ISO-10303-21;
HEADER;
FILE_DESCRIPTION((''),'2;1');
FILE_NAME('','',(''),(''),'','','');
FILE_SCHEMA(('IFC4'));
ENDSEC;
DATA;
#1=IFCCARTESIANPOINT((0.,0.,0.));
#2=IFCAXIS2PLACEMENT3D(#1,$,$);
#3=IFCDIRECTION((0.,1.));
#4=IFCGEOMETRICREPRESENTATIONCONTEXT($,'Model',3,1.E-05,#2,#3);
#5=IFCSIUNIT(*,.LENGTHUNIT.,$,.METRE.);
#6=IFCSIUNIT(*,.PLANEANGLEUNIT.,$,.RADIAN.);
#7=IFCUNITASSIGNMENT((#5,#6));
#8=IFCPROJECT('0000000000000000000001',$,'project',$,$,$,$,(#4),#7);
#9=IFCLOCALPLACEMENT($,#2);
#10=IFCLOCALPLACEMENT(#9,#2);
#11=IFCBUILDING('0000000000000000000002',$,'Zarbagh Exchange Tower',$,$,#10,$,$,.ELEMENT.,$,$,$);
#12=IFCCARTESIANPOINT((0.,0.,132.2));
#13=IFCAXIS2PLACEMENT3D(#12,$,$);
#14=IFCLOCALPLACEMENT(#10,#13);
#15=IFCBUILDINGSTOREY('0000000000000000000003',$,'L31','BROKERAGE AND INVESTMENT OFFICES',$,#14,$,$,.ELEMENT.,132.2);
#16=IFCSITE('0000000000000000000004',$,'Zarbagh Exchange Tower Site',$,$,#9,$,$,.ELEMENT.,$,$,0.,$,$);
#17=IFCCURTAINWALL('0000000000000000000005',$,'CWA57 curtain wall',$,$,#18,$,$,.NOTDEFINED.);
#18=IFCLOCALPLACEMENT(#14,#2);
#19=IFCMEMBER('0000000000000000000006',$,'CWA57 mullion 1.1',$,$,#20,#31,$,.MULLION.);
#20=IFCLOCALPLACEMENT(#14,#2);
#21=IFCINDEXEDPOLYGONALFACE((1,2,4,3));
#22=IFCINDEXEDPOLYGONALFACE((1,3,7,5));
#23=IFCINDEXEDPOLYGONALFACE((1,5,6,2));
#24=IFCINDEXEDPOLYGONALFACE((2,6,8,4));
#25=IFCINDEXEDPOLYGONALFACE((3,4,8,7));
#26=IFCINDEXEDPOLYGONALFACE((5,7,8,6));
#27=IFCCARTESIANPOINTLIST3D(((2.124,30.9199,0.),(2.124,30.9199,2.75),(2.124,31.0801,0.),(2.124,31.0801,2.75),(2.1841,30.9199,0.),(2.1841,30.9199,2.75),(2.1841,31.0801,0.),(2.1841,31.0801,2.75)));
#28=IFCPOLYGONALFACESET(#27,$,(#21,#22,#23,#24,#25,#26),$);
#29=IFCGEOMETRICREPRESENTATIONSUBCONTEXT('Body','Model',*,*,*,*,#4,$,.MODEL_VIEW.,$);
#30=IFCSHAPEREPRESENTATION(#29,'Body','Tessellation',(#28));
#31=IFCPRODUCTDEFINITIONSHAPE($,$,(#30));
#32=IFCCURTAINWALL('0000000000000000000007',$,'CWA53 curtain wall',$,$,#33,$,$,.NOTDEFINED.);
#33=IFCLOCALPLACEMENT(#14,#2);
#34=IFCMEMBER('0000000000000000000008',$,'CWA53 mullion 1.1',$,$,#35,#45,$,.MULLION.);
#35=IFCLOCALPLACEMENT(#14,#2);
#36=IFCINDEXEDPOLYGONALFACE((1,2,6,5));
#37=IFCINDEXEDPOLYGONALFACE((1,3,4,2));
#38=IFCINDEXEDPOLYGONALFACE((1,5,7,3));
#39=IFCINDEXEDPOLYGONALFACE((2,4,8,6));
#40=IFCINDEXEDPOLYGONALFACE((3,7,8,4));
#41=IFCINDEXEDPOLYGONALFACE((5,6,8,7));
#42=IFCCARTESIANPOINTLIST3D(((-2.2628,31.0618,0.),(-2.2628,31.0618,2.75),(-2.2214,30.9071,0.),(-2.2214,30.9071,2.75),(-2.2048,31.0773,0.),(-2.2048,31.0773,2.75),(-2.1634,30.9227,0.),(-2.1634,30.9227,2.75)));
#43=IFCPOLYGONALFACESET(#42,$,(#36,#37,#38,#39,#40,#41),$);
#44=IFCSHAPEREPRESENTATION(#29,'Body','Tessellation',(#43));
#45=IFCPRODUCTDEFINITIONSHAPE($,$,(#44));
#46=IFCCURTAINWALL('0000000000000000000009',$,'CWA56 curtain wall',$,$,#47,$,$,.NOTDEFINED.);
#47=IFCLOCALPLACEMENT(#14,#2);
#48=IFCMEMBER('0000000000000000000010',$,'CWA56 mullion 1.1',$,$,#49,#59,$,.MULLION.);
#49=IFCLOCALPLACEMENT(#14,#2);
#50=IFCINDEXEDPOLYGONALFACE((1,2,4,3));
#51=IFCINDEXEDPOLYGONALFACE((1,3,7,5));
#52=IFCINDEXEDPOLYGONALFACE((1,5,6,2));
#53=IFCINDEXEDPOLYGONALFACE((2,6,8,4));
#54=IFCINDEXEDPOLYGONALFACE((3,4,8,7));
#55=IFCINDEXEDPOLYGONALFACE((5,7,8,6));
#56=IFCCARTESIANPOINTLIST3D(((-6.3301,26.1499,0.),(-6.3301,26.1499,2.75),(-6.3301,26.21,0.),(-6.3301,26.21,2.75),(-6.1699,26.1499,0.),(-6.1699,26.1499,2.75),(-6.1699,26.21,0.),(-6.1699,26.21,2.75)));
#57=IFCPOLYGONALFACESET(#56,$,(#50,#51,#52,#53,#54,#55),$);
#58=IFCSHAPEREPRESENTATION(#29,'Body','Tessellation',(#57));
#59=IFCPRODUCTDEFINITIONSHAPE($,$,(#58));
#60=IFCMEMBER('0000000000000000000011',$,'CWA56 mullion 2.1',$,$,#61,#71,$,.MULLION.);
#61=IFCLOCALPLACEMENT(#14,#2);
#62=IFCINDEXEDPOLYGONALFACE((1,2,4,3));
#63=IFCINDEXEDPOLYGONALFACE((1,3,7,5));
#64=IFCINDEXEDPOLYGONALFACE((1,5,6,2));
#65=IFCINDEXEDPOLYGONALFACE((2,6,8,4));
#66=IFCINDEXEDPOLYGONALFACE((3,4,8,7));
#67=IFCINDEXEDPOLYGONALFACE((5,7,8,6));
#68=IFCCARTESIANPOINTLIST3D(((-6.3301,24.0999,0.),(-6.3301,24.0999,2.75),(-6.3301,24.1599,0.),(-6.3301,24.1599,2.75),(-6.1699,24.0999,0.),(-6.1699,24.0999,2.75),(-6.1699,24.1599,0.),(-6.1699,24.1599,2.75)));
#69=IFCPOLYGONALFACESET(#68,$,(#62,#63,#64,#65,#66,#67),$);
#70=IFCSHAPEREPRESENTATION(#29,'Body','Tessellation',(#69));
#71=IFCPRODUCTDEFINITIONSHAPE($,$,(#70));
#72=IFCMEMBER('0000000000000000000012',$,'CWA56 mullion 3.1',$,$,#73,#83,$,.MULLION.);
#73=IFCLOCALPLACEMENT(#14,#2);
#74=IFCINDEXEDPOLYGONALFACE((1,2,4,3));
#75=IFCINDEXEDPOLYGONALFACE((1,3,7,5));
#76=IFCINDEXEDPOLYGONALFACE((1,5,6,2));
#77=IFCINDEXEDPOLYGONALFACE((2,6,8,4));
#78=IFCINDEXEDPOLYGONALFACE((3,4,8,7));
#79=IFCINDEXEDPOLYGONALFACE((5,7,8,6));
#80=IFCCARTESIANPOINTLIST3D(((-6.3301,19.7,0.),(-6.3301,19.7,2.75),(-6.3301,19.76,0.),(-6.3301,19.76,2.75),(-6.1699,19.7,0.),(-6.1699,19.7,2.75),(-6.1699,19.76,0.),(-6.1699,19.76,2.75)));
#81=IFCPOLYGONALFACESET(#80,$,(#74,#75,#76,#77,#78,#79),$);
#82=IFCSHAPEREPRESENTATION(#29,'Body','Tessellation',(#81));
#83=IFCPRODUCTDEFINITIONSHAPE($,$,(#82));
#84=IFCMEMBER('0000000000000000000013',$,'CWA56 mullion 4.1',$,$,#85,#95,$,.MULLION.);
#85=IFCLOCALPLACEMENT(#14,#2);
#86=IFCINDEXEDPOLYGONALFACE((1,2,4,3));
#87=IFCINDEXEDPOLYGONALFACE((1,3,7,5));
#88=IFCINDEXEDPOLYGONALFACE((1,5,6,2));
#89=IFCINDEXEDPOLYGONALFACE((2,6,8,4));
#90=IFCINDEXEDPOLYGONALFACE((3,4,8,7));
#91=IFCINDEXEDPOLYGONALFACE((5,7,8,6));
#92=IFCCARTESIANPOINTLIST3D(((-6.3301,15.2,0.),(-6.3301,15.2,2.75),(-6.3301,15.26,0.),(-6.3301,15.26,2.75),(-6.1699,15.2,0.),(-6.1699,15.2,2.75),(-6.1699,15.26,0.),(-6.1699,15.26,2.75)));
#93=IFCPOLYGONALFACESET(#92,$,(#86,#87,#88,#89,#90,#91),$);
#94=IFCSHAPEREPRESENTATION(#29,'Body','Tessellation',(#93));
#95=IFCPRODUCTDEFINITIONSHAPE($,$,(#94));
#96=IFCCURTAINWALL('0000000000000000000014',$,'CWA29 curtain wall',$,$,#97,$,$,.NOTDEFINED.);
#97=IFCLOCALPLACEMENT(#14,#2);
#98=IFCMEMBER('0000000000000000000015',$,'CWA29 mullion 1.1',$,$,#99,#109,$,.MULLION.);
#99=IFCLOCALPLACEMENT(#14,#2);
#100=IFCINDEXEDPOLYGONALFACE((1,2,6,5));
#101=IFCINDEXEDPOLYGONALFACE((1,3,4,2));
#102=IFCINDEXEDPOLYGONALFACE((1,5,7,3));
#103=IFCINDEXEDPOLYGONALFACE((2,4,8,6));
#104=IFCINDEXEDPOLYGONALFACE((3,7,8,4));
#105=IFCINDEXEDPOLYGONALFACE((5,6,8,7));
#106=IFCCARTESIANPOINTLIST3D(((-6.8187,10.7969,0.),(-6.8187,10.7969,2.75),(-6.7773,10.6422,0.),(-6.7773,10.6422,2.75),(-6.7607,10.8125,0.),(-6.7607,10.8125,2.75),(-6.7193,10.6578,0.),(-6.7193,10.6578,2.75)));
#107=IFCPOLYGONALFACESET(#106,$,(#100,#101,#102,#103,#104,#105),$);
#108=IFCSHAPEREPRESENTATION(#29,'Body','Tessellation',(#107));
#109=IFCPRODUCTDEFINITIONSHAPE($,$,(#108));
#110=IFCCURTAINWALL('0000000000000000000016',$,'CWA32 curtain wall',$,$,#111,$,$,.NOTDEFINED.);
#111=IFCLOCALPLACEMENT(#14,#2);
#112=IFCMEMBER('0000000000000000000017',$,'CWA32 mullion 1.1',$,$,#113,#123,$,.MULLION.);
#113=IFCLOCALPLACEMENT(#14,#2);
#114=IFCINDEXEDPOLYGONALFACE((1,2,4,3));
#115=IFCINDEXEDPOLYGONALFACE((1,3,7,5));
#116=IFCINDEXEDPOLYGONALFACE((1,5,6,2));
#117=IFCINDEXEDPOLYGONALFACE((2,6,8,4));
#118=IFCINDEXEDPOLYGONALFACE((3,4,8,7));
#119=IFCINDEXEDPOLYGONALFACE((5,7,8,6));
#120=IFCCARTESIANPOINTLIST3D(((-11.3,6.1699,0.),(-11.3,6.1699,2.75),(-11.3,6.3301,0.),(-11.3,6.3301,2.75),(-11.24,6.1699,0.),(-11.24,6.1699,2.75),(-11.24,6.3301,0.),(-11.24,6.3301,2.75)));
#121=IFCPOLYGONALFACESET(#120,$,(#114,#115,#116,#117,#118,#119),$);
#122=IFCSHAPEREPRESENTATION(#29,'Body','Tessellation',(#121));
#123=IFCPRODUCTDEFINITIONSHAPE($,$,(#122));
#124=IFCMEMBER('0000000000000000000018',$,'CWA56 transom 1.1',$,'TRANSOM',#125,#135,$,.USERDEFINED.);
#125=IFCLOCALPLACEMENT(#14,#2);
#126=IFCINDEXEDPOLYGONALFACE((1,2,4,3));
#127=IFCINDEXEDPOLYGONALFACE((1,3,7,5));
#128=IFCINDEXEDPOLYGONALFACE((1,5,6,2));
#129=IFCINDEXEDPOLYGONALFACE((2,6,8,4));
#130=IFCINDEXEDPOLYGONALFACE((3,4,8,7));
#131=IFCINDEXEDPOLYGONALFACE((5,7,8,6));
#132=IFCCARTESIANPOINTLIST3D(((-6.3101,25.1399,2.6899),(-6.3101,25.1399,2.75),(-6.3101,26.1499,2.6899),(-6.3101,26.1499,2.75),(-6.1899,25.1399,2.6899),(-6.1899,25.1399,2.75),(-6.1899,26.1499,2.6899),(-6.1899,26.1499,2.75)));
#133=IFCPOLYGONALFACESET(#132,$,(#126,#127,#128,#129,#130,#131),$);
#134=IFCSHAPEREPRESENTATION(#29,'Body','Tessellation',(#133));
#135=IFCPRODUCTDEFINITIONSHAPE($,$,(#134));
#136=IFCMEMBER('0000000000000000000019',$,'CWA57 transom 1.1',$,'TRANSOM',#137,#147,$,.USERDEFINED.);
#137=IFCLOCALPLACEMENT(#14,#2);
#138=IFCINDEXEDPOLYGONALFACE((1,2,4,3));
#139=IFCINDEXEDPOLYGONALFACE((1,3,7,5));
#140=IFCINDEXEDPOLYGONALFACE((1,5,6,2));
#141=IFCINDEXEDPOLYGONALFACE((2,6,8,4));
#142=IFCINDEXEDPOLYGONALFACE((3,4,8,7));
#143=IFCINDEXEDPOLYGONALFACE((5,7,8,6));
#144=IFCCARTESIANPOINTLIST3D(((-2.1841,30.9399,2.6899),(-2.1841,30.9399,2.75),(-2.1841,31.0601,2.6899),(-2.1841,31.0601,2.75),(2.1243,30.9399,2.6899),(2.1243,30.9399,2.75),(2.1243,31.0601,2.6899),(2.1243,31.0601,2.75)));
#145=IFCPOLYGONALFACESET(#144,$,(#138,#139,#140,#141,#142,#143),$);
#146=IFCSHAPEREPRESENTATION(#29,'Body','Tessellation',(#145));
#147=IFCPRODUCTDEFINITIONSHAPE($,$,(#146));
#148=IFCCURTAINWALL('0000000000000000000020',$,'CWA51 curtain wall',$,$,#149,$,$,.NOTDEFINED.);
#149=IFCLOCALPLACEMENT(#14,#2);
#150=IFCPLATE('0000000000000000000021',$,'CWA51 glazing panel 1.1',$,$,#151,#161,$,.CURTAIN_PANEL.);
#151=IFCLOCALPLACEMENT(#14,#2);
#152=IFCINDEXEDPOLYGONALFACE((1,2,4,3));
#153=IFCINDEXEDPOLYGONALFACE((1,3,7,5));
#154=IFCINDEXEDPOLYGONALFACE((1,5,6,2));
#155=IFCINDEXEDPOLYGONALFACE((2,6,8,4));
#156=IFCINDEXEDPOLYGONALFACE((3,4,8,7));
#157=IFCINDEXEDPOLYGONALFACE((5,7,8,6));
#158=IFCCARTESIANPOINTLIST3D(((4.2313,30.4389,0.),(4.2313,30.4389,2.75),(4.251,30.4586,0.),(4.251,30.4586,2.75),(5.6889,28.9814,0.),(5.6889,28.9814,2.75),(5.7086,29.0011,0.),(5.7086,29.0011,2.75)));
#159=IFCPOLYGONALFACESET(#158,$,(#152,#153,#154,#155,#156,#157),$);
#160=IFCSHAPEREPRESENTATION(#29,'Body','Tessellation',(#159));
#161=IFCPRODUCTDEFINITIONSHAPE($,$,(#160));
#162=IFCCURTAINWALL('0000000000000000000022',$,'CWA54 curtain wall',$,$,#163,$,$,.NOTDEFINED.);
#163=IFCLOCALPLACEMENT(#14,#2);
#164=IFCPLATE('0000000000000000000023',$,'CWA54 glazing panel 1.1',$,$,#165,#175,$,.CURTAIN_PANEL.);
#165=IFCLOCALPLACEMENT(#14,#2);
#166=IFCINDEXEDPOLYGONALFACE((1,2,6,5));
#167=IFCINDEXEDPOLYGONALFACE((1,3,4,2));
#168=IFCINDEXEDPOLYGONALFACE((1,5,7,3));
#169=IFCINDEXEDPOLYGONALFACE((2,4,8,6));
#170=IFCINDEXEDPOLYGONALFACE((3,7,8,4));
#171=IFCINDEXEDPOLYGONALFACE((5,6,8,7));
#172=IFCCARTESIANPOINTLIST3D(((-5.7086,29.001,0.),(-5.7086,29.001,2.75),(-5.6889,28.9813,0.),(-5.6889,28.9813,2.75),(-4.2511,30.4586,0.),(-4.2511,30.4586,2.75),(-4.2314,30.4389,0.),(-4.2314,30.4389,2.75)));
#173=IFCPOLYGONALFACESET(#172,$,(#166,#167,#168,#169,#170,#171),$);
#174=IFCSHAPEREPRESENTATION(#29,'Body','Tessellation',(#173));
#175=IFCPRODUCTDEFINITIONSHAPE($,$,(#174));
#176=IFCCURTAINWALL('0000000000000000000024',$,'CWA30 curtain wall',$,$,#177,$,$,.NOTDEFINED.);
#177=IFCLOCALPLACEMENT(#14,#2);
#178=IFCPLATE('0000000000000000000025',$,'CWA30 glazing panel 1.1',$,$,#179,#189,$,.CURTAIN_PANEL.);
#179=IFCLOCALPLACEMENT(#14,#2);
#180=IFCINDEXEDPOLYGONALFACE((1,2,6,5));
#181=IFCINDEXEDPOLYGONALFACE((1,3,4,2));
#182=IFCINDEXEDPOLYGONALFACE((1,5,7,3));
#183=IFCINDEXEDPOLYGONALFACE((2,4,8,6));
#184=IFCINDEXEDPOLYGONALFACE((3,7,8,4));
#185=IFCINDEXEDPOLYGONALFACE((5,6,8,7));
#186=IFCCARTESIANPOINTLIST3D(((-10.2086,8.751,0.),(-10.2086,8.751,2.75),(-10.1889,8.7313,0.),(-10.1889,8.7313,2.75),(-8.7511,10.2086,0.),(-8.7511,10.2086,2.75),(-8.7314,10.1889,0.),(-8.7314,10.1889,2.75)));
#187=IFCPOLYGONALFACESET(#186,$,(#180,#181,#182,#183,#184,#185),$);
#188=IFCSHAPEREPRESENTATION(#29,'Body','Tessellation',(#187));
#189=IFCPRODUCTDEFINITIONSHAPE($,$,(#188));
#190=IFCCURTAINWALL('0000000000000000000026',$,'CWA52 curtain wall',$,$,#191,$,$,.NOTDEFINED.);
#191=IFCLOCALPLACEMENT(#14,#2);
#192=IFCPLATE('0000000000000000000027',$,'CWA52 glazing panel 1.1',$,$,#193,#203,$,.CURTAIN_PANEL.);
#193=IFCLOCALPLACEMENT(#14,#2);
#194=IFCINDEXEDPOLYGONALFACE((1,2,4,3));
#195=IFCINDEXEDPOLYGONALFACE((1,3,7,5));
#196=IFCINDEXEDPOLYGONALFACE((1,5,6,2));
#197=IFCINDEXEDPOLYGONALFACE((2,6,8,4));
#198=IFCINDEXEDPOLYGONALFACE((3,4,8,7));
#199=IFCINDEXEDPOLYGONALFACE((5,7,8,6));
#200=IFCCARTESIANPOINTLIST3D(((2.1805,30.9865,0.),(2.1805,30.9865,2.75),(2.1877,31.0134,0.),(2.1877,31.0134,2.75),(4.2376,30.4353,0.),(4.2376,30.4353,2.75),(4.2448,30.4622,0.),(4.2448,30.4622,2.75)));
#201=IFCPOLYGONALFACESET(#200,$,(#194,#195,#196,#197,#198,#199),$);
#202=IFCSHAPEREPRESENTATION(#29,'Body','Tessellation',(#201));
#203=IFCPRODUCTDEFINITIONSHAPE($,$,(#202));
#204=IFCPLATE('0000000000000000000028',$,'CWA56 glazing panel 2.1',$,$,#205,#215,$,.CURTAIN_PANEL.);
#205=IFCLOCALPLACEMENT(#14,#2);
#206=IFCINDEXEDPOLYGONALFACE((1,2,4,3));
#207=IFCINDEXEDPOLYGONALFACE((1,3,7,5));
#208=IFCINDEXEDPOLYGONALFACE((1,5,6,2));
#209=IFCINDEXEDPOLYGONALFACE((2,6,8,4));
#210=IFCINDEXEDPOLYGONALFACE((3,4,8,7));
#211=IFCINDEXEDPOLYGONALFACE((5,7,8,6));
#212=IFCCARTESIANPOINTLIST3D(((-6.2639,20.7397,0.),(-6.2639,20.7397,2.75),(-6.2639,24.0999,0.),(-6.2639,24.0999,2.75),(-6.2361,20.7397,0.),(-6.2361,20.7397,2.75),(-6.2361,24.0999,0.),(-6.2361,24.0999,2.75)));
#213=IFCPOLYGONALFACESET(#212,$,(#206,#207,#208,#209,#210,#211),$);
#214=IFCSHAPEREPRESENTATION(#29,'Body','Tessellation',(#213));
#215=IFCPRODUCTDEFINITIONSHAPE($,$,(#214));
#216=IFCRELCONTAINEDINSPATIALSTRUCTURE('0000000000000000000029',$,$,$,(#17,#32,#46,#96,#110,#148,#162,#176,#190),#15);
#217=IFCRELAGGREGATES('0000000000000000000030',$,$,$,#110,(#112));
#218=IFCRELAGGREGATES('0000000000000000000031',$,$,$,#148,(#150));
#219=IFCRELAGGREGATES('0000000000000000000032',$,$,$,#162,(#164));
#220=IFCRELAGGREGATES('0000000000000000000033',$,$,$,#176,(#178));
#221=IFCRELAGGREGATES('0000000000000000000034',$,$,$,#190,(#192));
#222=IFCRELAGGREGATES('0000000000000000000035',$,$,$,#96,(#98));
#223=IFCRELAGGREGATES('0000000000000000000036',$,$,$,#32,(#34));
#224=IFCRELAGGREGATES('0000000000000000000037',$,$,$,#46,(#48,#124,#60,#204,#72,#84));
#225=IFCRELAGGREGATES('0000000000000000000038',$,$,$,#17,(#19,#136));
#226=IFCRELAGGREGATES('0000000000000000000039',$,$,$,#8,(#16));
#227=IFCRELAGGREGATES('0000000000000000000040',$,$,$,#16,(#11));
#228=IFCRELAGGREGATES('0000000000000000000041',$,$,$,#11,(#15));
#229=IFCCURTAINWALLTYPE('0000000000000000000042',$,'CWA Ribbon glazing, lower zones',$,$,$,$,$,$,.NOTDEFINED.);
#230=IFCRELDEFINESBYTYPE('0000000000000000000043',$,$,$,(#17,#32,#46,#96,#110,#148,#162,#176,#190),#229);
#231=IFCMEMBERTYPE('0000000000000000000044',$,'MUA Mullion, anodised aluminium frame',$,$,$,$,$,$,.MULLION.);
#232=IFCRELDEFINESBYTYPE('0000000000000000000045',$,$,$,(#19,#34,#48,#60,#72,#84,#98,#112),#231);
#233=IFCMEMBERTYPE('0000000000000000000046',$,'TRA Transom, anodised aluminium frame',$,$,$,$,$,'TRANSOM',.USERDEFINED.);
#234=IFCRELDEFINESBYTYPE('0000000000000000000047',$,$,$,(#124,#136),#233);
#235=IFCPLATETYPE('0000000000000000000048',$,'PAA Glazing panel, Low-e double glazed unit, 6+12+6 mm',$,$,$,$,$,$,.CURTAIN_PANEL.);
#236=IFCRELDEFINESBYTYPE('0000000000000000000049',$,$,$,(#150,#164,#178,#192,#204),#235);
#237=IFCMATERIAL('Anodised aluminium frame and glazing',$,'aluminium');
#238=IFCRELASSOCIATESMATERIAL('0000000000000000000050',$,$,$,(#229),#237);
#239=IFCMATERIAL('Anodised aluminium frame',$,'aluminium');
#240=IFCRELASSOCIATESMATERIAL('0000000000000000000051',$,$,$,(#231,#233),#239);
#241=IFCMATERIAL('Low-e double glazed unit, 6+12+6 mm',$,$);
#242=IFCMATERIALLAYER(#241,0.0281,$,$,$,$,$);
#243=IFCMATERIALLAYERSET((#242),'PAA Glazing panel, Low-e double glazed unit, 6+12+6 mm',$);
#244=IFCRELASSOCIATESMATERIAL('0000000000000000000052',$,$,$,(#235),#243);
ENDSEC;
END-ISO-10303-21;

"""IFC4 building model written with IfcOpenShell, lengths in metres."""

from ifc_helpers import new_model, si_unit, direction, frame, origin, place, context, subcontext, project, spatial, polyline, outline, extrude, source, transform, mapped, material, layer, layer_set, type_object, element, aggregate, save


model = new_model("IFC4")

# Units and contexts
model_context = context("Model", 3, precision=1e-05, world=origin(), true_north=direction((0.0, 1.0)))
body_context = subcontext(model_context, "Body", "Model", "MODEL_VIEW")
ifc_project = project(units=[si_unit("LENGTHUNIT", "METRE"), si_unit("PLANEANGLEUNIT", "RADIAN")], contexts=[model_context])

# Site, building, storey
site_placement = place(None, origin())
site = spatial("IfcSite", under=ifc_project, at=site_placement, Name="Zarbagh Exchange Tower Site", CompositionType="ELEMENT", RefElevation=0.0)
building_placement = place(site_placement, origin())
building = spatial("IfcBuilding", under=site, at=building_placement, Name="Zarbagh Exchange Tower", CompositionType="ELEMENT")
storey_placement = place(building_placement, frame((0.0, 0.0, 132.2)))
storey = spatial("IfcBuildingStorey", under=building, at=storey_placement, Name="L31", Description="BROKERAGE AND INVESTMENT OFFICES", CompositionType="ELEMENT", Elevation=132.2)

# Curtain walls, members
ifc_material_1 = material(Name="Anodised aluminium frame and glazing", Category="aluminium")
curtain_wall_type = type_object("IfcCurtainWallType", Name="CWA Ribbon glazing, lower zones", PredefinedType="NOTDEFINED", material=ifc_material_1)
curtain_wall_1_placement = place(storey_placement, origin())
curtain_wall_1 = element("IfcCurtainWall", 1, at=curtain_wall_1_placement, inside=storey, type_object=curtain_wall_type, Name="CWA57 curtain wall", PredefinedType="NOTDEFINED")
ifc_material_2 = material(Name="Anodised aluminium frame", Category="aluminium")
member_type_1 = type_object("IfcMemberType", Name="MUA Mullion, anodised aluminium frame", PredefinedType="MULLION", material=ifc_material_2)
shared_shape_1 = source(origin(), body_context, "Body", "SweptSolid", [
    extrude(outline(polyline([(0.0, -0.0801), (0.0601, -0.0801), (0.0601, 0.0801), (0.0, 0.0801), (0.0, -0.0801)])), origin(), (0.0, 0.0, 1.0), 2.75),
])
placement = place(storey_placement, origin())
member_1 = element("IfcMember", 2, at=placement, type_object=member_type_1, Name="CWA57 mullion 1.1", PredefinedType="MULLION", context=body_context, shape_type="MappedRepresentation", body=[
    mapped(shared_shape_1, transform((2.1841, 31.0, 0.0), x_axis=(-1.0, 0.0, 0.0), y_axis=(0.0, -1.0, 0.0), z_axis=(0.0, 0.0, 1.0))),
])
curtain_wall_2_placement = place(storey_placement, origin())
curtain_wall_2 = element("IfcCurtainWall", 3, at=curtain_wall_2_placement, inside=storey, type_object=curtain_wall_type, Name="CWA53 curtain wall", PredefinedType="NOTDEFINED")
member_2 = element("IfcMember", 4, at=placement, type_object=member_type_1, Name="CWA53 mullion 1.1", PredefinedType="MULLION", context=body_context, shape_type="MappedRepresentation", body=[
    mapped(shared_shape_1, transform((-2.1841, 31.0, 0.0), x_axis=(-0.965924, -0.258825, 0.0), y_axis=(0.258825, -0.965924, 0.0), z_axis=(0.0, 0.0, 1.0))),
])

# Curtain wall, members
curtain_wall_3_placement = place(storey_placement, origin())
curtain_wall_3 = element("IfcCurtainWall", 5, at=curtain_wall_3_placement, inside=storey, type_object=curtain_wall_type, Name="CWA56 curtain wall", PredefinedType="NOTDEFINED")
member_3 = element("IfcMember", 6, at=placement, type_object=member_type_1, Name="CWA56 mullion 1.1", PredefinedType="MULLION", context=body_context, shape_type="MappedRepresentation", body=[
    mapped(shared_shape_1, transform((-6.25, 26.21, 0.0), x_axis=(0.0, -1.0, 0.0), y_axis=(1.0, 0.0, 0.0), z_axis=(0.0, 0.0, 1.0))),
])
member_4 = element("IfcMember", 7, at=placement, type_object=member_type_1, Name="CWA56 mullion 2.1", PredefinedType="MULLION", context=body_context, shape_type="MappedRepresentation", body=[
    mapped(shared_shape_1, transform((-6.25, 24.1599, 0.0), x_axis=(0.0, -1.0, 0.0), y_axis=(1.0, 0.0, 0.0), z_axis=(0.0, 0.0, 1.0))),
])
member_5 = element("IfcMember", 8, at=placement, type_object=member_type_1, Name="CWA56 mullion 3.1", PredefinedType="MULLION", context=body_context, shape_type="MappedRepresentation", body=[
    mapped(shared_shape_1, transform((-6.25, 19.76, 0.0), x_axis=(0.0, -1.0, 0.0), y_axis=(1.0, 0.0, 0.0), z_axis=(0.0, 0.0, 1.0))),
])
member_6 = element("IfcMember", 9, at=placement, type_object=member_type_1, Name="CWA56 mullion 4.1", PredefinedType="MULLION", context=body_context, shape_type="MappedRepresentation", body=[
    mapped(shared_shape_1, transform((-6.25, 15.26, 0.0), x_axis=(0.0, -1.0, 0.0), y_axis=(1.0, 0.0, 0.0), z_axis=(0.0, 0.0, 1.0))),
])

# Curtain walls, members
curtain_wall_4_placement = place(storey_placement, origin())
curtain_wall_4 = element("IfcCurtainWall", 10, at=curtain_wall_4_placement, inside=storey, type_object=curtain_wall_type, Name="CWA29 curtain wall", PredefinedType="NOTDEFINED")
member_7 = element("IfcMember", 11, at=placement, type_object=member_type_1, Name="CWA29 mullion 1.1", PredefinedType="MULLION", context=body_context, shape_type="MappedRepresentation", body=[
    mapped(shared_shape_1, transform((-6.74, 10.7351, 0.0), x_axis=(-0.965924, -0.258825, 0.0), y_axis=(0.258825, -0.965924, 0.0), z_axis=(0.0, 0.0, 1.0))),
])
curtain_wall_5_placement = place(storey_placement, origin())
curtain_wall_5 = element("IfcCurtainWall", 12, at=curtain_wall_5_placement, inside=storey, type_object=curtain_wall_type, Name="CWA32 curtain wall", PredefinedType="NOTDEFINED")
member_8 = element("IfcMember", 13, at=placement, type_object=member_type_1, Name="CWA32 mullion 1.1", PredefinedType="MULLION", context=body_context, shape_type="MappedRepresentation", body=[
    mapped(shared_shape_1, transform((-11.24, 6.25, 0.0), x_axis=(-1.0, 0.0, 0.0), y_axis=(0.0, -1.0, 0.0), z_axis=(0.0, 0.0, 1.0))),
])
aggregate(curtain_wall_5, [member_8])

# Members
member_type_2 = type_object("IfcMemberType", Name="TRA Transom, anodised aluminium frame", ElementType="TRANSOM", PredefinedType="USERDEFINED", material=ifc_material_2)
shared_shape_2 = source(origin(), body_context, "Body", "SweptSolid", [
    extrude(outline(polyline([(-0.0601, -0.0601), (0.0, -0.0601), (0.0, 0.0601), (-0.0601, 0.0601), (-0.0601, -0.0601)])), origin(), (0.0, 0.0, 1.0), 1.01),
])
member_9 = element("IfcMember", 14, at=placement, type_object=member_type_2, Name="CWA56 transom 1.1", ObjectType="TRANSOM", PredefinedType="USERDEFINED", context=body_context, shape_type="MappedRepresentation", body=[
    mapped(shared_shape_2, transform((-6.25, 26.1499, 2.75), x_axis=(0.0, 0.0, 1.0), y_axis=(-1.0, 0.0, 0.0), z_axis=(0.0, -1.0, 0.0))),
])
shared_shape_3 = source(origin(), body_context, "Body", "SweptSolid", [
    extrude(outline(polyline([(-0.0601, -0.0601), (0.0, -0.0601), (0.0, 0.0601), (-0.0601, 0.0601), (-0.0601, -0.0601)])), origin(), (0.0, 0.0, 1.0), 4.3083),
])
member_10 = element("IfcMember", 15, at=placement, type_object=member_type_2, Name="CWA57 transom 1.1", ObjectType="TRANSOM", PredefinedType="USERDEFINED", context=body_context, shape_type="MappedRepresentation", body=[
    mapped(shared_shape_3, transform((2.1243, 31.0, 2.75), x_axis=(0.0, 0.0, 1.0), y_axis=(0.0, 1.0, 0.0), z_axis=(-1.0, 0.0, 0.0))),
])

# Curtain walls, plates
curtain_wall_6_placement = place(storey_placement, origin())
curtain_wall_6 = element("IfcCurtainWall", 16, at=curtain_wall_6_placement, inside=storey, type_object=curtain_wall_type, Name="CWA51 curtain wall", PredefinedType="NOTDEFINED")
ifc_material_3 = material(Name="Low-e double glazed unit, 6+12+6 mm")
ifc_layer = layer(ifc_material_3, 0.0281)
ifc_layer_set = layer_set([ifc_layer], Name="PAA Glazing panel, Low-e double glazed unit, 6+12+6 mm")
plate_type = type_object("IfcPlateType", Name="PAA Glazing panel, Low-e double glazed unit, 6+12+6 mm", PredefinedType="CURTAIN_PANEL", material=ifc_layer_set)
shared_shape_4 = source(origin(), body_context, "Body", "SweptSolid", [
    extrude(outline(polyline([(0.0, -0.0139), (2.0613, -0.0139), (2.0613, 0.0139), (0.0, 0.0139), (0.0, -0.0139)])), origin(), (0.0, 0.0, 1.0), 2.75),
])
plate_1 = element("IfcPlate", 17, at=placement, type_object=plate_type, Name="CWA51 glazing panel 1.1", PredefinedType="CURTAIN_PANEL", context=body_context, shape_type="MappedRepresentation", body=[
    mapped(shared_shape_4, transform((5.6987, 28.9912, 0.0), x_axis=(-0.707107, 0.707107, 0.0), y_axis=(-0.707107, -0.707107, 0.0), z_axis=(0.0, 0.0, 1.0))),
])
aggregate(curtain_wall_6, [plate_1])
curtain_wall_7_placement = place(storey_placement, origin())
curtain_wall_7 = element("IfcCurtainWall", 18, at=curtain_wall_7_placement, inside=storey, type_object=curtain_wall_type, Name="CWA54 curtain wall", PredefinedType="NOTDEFINED")
plate_2 = element("IfcPlate", 19, at=placement, type_object=plate_type, Name="CWA54 glazing panel 1.1", PredefinedType="CURTAIN_PANEL", context=body_context, shape_type="MappedRepresentation", body=[
    mapped(shared_shape_4, transform((-4.2412, 30.4487, 0.0), x_axis=(-0.707107, -0.707107, 0.0), y_axis=(0.707107, -0.707107, 0.0), z_axis=(0.0, 0.0, 1.0))),
])
aggregate(curtain_wall_7, [plate_2])
curtain_wall_8_placement = place(storey_placement, origin())
curtain_wall_8 = element("IfcCurtainWall", 20, at=curtain_wall_8_placement, inside=storey, type_object=curtain_wall_type, Name="CWA30 curtain wall", PredefinedType="NOTDEFINED")
plate_3 = element("IfcPlate", 21, at=placement, type_object=plate_type, Name="CWA30 glazing panel 1.1", PredefinedType="CURTAIN_PANEL", context=body_context, shape_type="MappedRepresentation", body=[
    mapped(shared_shape_4, transform((-8.7412, 10.1987, 0.0), x_axis=(-0.707107, -0.707107, 0.0), y_axis=(0.707107, -0.707107, 0.0), z_axis=(0.0, 0.0, 1.0))),
])
aggregate(curtain_wall_8, [plate_3])
curtain_wall_9_placement = place(storey_placement, origin())
curtain_wall_9 = element("IfcCurtainWall", 22, at=curtain_wall_9_placement, inside=storey, type_object=curtain_wall_type, Name="CWA52 curtain wall", PredefinedType="NOTDEFINED")
shared_shape_5 = source(origin(), body_context, "Body", "SweptSolid", [
    extrude(outline(polyline([(0.0, -0.0139), (2.1296, -0.0139), (2.1296, 0.0139), (0.0, 0.0139), (0.0, -0.0139)])), origin(), (0.0, 0.0, 1.0), 2.75),
])
plate_4 = element("IfcPlate", 23, at=placement, type_object=plate_type, Name="CWA52 glazing panel 1.1", PredefinedType="CURTAIN_PANEL", context=body_context, shape_type="MappedRepresentation", body=[
    mapped(shared_shape_5, transform((4.2412, 30.4487, 0.0), x_axis=(-0.965924, 0.258825, 0.0), y_axis=(-0.258825, -0.965924, 0.0), z_axis=(0.0, 0.0, 1.0))),
])
aggregate(curtain_wall_9, [plate_4])

# Plate
shared_shape_6 = source(origin(), body_context, "Body", "SweptSolid", [
    extrude(outline(polyline([(0.0, -0.0139), (3.3601, -0.0139), (3.3601, 0.0139), (0.0, 0.0139), (0.0, -0.0139)])), origin(), (0.0, 0.0, 1.0), 2.75),
])
plate_5 = element("IfcPlate", 24, at=placement, type_object=plate_type, Name="CWA56 glazing panel 2.1", PredefinedType="CURTAIN_PANEL", context=body_context, shape_type="MappedRepresentation", body=[
    mapped(shared_shape_6, transform((-6.25, 24.0999, 0.0), x_axis=(0.0, -1.0, 0.0), y_axis=(1.0, 0.0, 0.0), z_axis=(0.0, 0.0, 1.0))),
])
aggregate(curtain_wall_4, [member_7])

aggregate(curtain_wall_2, [member_2])

aggregate(curtain_wall_3, [member_3, member_9, member_4, plate_5, member_5, member_6])
aggregate(curtain_wall_1, [member_1, member_10])

save(model, "model.ifc")
